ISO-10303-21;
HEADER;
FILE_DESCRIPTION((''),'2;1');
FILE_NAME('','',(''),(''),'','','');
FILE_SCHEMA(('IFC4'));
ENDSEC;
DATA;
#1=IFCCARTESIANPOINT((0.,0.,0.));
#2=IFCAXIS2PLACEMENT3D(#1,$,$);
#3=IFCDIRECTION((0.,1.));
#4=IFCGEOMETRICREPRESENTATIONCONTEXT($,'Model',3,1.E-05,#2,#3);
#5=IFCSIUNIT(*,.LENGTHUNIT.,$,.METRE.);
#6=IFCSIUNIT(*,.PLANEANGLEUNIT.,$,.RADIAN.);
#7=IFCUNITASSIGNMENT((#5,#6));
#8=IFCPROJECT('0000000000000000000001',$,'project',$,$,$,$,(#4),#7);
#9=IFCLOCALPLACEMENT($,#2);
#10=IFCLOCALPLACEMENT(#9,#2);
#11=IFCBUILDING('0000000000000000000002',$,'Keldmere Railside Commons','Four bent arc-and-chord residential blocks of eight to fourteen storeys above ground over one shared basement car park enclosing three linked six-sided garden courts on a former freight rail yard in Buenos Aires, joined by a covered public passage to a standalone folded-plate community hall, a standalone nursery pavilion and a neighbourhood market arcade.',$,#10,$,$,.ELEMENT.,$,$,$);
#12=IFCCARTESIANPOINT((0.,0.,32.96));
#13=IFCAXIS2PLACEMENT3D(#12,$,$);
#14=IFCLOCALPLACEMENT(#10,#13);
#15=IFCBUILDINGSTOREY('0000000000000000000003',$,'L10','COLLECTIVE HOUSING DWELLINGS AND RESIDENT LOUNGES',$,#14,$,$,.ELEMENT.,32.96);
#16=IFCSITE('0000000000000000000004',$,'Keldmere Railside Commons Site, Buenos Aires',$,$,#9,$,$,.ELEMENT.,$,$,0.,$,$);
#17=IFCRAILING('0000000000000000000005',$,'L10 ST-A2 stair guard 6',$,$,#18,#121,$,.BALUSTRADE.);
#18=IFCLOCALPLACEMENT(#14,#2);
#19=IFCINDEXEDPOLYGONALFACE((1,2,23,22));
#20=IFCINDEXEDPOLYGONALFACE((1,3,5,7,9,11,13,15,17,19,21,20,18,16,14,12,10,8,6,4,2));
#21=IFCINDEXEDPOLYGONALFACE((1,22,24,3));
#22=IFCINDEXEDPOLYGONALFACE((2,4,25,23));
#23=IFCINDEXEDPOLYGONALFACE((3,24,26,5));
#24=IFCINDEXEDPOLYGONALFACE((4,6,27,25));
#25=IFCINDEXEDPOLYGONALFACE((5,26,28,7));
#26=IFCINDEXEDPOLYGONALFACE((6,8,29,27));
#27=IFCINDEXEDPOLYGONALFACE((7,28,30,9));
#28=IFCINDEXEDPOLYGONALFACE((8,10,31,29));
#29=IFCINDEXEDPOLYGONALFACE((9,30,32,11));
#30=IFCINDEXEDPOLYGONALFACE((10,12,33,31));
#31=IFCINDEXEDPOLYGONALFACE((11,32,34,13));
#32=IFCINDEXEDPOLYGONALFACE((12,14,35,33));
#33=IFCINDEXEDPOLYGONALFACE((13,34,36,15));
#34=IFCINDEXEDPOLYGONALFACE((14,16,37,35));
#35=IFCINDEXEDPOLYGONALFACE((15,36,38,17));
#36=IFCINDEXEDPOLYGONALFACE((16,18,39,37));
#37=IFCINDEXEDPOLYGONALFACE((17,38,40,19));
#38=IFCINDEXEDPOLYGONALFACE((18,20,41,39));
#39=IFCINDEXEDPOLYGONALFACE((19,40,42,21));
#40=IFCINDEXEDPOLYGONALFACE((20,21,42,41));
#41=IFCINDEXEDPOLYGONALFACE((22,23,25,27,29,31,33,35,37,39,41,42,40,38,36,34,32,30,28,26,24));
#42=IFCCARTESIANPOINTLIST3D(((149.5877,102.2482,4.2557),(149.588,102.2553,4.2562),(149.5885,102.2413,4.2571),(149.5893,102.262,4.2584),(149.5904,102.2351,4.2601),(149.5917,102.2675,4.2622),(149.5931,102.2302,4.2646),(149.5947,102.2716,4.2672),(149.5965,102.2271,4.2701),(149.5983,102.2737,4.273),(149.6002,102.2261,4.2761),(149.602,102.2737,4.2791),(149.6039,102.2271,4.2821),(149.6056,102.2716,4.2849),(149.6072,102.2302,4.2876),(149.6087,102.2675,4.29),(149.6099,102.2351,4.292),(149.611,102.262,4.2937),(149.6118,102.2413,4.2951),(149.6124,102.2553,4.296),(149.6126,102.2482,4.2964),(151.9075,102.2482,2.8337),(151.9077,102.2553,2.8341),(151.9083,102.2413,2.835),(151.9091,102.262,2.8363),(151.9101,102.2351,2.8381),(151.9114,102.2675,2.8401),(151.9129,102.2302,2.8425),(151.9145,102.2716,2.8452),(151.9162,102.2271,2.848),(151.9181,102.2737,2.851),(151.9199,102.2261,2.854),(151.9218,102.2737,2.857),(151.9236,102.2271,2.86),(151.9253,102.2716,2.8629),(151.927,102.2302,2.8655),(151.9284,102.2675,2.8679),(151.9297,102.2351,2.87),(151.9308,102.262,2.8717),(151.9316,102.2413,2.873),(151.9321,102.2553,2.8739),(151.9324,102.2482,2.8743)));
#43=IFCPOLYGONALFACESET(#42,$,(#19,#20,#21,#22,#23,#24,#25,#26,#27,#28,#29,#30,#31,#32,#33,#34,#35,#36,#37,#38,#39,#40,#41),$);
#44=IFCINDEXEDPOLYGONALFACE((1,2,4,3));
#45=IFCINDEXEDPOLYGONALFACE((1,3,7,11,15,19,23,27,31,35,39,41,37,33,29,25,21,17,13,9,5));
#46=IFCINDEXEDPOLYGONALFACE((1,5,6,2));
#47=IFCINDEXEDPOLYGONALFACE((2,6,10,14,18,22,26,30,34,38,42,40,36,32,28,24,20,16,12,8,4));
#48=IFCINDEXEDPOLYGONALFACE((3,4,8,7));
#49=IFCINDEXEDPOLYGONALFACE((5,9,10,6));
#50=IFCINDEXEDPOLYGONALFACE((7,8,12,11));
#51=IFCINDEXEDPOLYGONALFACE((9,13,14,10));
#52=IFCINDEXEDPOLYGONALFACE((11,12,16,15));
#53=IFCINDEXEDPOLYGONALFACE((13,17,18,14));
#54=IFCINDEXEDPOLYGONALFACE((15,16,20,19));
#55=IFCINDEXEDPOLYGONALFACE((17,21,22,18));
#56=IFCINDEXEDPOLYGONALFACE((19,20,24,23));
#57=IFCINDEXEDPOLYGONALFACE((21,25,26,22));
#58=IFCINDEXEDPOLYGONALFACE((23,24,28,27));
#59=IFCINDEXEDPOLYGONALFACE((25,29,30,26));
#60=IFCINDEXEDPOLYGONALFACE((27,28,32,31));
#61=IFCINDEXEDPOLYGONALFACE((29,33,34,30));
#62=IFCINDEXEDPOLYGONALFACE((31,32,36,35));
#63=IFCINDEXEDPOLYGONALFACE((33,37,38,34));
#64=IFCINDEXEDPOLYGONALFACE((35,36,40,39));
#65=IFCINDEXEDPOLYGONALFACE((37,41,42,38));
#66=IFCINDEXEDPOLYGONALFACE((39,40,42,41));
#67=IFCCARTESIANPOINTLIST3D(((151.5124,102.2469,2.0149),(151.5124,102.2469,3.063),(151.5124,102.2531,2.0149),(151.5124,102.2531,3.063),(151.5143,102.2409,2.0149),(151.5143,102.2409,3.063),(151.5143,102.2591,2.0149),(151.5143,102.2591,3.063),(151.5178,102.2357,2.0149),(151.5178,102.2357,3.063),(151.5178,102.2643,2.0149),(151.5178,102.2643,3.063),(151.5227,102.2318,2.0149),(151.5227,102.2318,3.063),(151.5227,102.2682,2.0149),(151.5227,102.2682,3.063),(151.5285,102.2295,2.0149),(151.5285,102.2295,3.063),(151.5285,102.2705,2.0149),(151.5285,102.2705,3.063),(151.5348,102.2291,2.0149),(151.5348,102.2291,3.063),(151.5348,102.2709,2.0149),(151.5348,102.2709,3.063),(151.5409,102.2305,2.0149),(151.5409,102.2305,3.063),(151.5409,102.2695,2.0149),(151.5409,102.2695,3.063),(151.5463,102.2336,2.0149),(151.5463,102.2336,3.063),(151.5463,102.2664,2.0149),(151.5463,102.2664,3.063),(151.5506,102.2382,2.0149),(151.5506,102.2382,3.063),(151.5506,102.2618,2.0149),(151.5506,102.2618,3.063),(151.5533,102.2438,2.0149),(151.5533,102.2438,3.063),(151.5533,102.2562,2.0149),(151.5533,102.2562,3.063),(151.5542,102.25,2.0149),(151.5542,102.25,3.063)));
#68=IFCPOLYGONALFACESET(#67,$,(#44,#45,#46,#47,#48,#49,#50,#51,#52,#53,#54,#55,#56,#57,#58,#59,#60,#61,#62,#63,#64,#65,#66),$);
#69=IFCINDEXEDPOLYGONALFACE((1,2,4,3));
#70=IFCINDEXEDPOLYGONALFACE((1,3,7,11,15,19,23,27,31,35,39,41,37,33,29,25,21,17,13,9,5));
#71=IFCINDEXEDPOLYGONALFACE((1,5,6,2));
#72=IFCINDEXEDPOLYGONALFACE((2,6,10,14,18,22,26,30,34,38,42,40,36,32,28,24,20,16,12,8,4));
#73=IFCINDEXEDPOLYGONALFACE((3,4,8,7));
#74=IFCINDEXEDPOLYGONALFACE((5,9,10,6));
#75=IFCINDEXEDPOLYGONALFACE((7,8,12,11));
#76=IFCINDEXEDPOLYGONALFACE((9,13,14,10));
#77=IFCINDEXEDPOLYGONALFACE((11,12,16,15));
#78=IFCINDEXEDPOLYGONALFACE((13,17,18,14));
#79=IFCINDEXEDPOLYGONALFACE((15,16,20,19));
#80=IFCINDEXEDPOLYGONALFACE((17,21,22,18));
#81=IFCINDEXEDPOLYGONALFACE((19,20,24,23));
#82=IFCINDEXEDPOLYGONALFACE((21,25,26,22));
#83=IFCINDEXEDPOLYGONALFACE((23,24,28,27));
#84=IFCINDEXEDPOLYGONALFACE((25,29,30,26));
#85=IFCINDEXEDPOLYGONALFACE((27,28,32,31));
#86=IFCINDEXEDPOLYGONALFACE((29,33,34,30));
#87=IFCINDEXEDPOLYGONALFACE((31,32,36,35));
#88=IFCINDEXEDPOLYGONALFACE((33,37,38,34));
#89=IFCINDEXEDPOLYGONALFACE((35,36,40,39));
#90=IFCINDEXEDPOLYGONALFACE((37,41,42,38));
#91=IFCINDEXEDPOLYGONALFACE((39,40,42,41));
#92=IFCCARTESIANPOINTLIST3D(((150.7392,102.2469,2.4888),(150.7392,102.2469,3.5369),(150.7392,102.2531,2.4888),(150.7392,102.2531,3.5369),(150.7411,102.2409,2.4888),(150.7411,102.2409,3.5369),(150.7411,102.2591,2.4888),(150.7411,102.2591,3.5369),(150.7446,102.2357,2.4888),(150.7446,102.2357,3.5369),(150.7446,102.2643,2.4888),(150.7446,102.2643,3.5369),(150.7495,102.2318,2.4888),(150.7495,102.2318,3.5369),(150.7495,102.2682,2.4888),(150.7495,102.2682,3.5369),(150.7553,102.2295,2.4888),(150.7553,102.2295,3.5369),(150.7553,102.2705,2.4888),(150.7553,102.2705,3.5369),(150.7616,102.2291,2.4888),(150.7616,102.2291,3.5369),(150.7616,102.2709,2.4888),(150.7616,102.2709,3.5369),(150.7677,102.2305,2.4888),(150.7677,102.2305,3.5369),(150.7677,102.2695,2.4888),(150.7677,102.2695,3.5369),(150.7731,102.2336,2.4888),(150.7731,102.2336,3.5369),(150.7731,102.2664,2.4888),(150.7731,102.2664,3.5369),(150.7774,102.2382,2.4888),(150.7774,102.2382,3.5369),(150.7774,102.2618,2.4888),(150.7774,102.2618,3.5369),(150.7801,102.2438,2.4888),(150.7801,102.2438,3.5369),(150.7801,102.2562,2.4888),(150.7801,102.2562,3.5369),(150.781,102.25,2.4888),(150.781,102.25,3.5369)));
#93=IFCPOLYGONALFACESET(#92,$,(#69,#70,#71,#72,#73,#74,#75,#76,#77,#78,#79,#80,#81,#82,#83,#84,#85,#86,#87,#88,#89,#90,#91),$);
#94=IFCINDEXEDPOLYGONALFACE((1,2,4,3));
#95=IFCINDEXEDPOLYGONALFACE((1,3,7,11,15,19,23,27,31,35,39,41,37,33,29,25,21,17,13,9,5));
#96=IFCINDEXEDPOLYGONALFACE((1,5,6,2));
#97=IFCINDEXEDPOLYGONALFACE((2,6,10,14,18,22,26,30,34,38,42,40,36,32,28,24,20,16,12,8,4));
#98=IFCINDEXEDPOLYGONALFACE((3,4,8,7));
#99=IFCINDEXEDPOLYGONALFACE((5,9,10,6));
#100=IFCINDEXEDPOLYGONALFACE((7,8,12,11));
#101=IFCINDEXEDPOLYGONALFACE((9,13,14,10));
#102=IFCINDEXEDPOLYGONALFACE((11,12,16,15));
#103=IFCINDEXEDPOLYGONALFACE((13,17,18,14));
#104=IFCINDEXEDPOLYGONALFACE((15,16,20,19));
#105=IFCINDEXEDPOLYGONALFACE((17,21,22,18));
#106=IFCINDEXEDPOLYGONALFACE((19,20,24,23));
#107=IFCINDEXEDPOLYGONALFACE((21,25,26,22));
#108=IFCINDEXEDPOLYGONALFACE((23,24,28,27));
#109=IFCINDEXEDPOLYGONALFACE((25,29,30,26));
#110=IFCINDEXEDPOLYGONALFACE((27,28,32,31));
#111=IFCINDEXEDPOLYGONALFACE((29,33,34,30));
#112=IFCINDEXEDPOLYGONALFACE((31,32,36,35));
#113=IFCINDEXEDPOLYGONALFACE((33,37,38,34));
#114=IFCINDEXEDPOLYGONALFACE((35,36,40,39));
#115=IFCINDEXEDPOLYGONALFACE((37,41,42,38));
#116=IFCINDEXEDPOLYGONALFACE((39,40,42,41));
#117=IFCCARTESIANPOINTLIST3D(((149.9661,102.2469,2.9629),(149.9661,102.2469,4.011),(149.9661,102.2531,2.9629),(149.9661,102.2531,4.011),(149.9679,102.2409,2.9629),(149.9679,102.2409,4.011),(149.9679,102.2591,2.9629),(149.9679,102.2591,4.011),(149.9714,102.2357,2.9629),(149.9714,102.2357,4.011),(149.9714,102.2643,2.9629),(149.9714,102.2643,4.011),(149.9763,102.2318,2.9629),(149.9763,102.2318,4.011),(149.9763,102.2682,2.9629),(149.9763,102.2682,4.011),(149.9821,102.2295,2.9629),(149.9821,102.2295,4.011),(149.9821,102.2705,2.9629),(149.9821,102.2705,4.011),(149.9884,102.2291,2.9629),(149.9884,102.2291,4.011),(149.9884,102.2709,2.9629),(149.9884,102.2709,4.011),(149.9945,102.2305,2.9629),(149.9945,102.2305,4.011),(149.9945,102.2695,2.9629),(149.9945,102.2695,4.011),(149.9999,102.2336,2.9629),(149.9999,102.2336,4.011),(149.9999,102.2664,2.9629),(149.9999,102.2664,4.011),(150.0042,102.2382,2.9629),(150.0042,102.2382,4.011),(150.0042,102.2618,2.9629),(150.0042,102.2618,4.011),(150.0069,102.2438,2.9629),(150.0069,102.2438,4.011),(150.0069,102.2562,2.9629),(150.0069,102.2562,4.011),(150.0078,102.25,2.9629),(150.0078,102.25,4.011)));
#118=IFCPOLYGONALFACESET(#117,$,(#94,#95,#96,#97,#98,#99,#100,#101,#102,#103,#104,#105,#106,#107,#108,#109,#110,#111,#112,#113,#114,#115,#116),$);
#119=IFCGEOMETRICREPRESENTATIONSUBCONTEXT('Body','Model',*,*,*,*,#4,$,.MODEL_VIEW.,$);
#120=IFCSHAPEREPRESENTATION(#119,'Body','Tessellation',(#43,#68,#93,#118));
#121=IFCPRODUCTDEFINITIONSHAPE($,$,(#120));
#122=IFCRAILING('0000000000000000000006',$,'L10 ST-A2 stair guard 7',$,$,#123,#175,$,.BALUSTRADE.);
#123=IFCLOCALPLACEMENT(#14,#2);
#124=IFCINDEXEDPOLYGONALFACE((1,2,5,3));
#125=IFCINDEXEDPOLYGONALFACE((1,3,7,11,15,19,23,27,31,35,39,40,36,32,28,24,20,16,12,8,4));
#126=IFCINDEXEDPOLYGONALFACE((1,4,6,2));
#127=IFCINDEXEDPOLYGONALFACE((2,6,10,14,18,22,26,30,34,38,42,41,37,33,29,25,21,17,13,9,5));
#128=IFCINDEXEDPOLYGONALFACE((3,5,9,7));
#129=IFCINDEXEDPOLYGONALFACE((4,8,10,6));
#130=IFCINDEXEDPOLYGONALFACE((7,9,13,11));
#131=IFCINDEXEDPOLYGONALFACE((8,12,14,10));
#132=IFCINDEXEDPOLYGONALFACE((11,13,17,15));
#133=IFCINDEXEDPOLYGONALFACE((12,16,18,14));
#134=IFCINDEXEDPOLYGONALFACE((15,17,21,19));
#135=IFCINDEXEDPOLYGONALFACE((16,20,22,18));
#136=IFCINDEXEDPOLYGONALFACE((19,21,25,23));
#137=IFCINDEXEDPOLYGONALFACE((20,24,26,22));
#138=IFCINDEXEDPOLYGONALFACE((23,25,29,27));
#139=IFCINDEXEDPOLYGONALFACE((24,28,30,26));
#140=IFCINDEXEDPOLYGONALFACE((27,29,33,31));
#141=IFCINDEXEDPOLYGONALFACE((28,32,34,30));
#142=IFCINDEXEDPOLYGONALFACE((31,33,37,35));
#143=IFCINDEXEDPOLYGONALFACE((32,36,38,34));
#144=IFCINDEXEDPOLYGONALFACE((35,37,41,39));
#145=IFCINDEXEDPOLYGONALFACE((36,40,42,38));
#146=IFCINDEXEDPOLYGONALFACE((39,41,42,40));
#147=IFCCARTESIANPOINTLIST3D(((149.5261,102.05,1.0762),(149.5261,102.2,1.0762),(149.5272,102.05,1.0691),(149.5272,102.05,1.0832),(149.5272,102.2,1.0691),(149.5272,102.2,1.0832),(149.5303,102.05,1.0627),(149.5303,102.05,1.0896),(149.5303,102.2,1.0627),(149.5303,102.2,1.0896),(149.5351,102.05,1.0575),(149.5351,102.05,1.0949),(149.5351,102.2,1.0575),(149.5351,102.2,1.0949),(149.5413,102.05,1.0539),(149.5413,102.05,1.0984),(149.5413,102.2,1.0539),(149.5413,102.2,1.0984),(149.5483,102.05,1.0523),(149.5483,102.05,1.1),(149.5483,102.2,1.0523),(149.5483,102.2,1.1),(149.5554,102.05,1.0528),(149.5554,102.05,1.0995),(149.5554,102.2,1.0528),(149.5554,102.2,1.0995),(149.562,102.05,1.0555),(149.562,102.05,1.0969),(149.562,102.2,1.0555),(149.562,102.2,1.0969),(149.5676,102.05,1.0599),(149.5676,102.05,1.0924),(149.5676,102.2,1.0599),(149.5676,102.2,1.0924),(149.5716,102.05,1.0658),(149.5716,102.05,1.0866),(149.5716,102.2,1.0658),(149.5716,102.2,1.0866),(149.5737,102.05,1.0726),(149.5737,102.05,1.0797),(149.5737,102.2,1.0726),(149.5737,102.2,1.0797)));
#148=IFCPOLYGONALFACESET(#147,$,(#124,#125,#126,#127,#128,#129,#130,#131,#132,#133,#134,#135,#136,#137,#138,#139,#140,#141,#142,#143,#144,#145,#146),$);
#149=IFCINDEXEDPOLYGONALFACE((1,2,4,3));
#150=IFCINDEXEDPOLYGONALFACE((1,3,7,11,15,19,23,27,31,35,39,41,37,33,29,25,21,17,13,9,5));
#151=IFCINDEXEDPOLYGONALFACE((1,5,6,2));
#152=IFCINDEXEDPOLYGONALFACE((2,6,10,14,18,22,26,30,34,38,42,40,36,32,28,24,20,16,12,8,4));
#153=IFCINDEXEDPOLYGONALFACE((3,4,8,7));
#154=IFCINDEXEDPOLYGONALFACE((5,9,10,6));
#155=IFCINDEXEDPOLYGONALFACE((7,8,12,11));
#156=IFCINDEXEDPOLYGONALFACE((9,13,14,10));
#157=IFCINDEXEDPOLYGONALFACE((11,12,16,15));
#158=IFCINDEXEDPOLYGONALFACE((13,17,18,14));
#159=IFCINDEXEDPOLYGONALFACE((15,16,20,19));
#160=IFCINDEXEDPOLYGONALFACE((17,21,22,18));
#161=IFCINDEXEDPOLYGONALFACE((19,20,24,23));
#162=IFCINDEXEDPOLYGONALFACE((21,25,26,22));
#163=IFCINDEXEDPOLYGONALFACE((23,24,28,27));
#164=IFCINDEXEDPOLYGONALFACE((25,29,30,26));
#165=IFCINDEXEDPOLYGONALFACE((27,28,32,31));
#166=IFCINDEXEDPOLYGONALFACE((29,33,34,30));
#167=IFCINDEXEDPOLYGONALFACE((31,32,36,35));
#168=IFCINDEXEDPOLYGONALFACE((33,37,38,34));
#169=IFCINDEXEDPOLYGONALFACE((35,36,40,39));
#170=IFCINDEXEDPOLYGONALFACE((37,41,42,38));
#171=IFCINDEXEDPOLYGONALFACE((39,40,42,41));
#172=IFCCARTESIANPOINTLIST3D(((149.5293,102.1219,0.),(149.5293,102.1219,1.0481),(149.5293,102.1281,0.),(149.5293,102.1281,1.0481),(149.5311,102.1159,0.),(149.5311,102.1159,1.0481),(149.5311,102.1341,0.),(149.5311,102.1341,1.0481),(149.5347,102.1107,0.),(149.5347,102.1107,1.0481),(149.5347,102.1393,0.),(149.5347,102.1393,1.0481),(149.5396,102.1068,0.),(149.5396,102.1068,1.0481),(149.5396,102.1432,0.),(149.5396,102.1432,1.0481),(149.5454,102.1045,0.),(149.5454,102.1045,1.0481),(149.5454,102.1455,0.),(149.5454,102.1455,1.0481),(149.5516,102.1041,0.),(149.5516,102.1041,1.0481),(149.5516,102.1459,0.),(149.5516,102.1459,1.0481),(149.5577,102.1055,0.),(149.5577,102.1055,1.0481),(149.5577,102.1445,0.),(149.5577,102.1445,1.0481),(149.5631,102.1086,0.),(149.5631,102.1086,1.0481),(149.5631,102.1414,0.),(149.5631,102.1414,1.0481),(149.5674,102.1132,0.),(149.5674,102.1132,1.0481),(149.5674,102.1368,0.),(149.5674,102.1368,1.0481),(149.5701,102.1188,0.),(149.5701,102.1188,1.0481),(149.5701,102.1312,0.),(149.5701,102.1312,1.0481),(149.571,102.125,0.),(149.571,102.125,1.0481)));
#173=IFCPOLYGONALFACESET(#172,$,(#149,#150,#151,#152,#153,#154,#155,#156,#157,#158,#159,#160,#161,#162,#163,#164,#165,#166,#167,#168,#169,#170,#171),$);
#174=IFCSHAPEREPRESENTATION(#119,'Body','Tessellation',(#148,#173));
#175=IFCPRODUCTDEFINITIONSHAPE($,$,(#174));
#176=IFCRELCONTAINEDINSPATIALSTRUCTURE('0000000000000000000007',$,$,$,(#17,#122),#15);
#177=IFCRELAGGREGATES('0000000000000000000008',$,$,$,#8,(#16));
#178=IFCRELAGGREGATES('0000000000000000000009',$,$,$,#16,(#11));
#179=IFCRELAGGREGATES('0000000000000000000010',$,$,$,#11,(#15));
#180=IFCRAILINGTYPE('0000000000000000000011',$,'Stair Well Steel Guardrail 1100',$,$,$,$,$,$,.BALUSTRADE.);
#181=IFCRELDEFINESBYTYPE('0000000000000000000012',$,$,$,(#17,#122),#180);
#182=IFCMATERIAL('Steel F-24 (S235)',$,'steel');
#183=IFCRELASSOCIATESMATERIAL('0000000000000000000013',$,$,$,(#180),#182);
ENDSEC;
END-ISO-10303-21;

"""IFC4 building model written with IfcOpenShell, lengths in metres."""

from ifc_helpers import new_model, si_unit, direction, frame, origin, origin_2d, place, context, subcontext, project, spatial, circle, extrude, material, type_object, element, save


model = new_model("IFC4")

# Units and contexts
model_context = context("Model", 3, precision=1e-05, world=origin(), true_north=direction((0.0, 1.0)))
body_context = subcontext(model_context, "Body", "Model", "MODEL_VIEW")
ifc_project = project(units=[si_unit("LENGTHUNIT", "METRE"), si_unit("PLANEANGLEUNIT", "RADIAN")], contexts=[model_context])

# Site, building, storey
site_placement = place(None, origin())
site = spatial("IfcSite", under=ifc_project, at=site_placement, Name="Keldmere Railside Commons Site, Buenos Aires", CompositionType="ELEMENT", RefElevation=0.0)
building_placement = place(site_placement, origin())
building = spatial("IfcBuilding", under=site, at=building_placement, Name="Keldmere Railside Commons", Description="Four bent arc-and-chord residential blocks of eight to fourteen storeys above ground over one shared basement car park enclosing three linked six-sided garden courts on a former freight rail yard in Buenos Aires, joined by a covered public passage to a standalone folded-plate community hall, a standalone nursery pavilion and a neighbourhood market arcade.", CompositionType="ELEMENT")
storey_placement = place(building_placement, frame((0.0, 0.0, 32.96)))
storey = spatial("IfcBuildingStorey", under=building, at=storey_placement, Name="L10", Description="COLLECTIVE HOUSING DWELLINGS AND RESIDENT LOUNGES", CompositionType="ELEMENT", Elevation=32.96)

# Shared definitions
ifc_material_1 = material(Name="Steel F-24 (S235)", Category="steel")

# Railings
railing_type_1 = type_object("IfcRailingType", Name="Stair Well Steel Guardrail 1100", PredefinedType="BALUSTRADE", material=ifc_material_1)
railing_1_placement = place(storey_placement, frame((151.9199, 102.25, 1.7778)))
element("IfcRailing", 1, at=railing_1_placement, inside=storey, type_object=railing_type_1, Name="L10 ST-A2 stair guard 6", PredefinedType="BALUSTRADE", context=body_context, shape_type="SweptSolid", body=[
    extrude(circle(Radius=0.0239, at=origin_2d()), frame((0.0, 0.0, 1.0762), z_axis=(-0.852554, 0.0, 0.52264), x_axis=(0.0, -1.0, 0.0)), (0.0, 0.0, 1.0), 2.7209),
    extrude(circle(Radius=0.021, at=origin_2d()), frame((-0.3867, 0.0, 0.2371)), (0.0, 0.0, 1.0), 1.0481),
    extrude(circle(Radius=0.021, at=origin_2d()), frame((-1.1599, 0.0, 0.7109)), (0.0, 0.0, 1.0), 1.0481),
    extrude(circle(Radius=0.021, at=origin_2d()), frame((-1.9331, 0.0, 1.1851)), (0.0, 0.0, 1.0), 1.0481),
])
railing_2_placement = place(storey_placement, frame((149.55, 102.05, 0.0)))
element("IfcRailing", 2, at=railing_2_placement, inside=storey, type_object=railing_type_1, Name="L10 ST-A2 stair guard 7", PredefinedType="BALUSTRADE", context=body_context, shape_type="SweptSolid", body=[
    extrude(circle(Radius=0.0239, at=origin_2d()), frame((0.0, 0.0, 1.0762), z_axis=(0.0, 1.0, 0.0), x_axis=(-1.0, 0.0, 0.0)), (0.0, 0.0, 1.0), 0.1499),
    extrude(circle(Radius=0.021, at=origin_2d()), frame((0.0, 0.075, 0.0)), (0.0, 0.0, 1.0), 1.0481),
])

save(model, "model.ifc")
